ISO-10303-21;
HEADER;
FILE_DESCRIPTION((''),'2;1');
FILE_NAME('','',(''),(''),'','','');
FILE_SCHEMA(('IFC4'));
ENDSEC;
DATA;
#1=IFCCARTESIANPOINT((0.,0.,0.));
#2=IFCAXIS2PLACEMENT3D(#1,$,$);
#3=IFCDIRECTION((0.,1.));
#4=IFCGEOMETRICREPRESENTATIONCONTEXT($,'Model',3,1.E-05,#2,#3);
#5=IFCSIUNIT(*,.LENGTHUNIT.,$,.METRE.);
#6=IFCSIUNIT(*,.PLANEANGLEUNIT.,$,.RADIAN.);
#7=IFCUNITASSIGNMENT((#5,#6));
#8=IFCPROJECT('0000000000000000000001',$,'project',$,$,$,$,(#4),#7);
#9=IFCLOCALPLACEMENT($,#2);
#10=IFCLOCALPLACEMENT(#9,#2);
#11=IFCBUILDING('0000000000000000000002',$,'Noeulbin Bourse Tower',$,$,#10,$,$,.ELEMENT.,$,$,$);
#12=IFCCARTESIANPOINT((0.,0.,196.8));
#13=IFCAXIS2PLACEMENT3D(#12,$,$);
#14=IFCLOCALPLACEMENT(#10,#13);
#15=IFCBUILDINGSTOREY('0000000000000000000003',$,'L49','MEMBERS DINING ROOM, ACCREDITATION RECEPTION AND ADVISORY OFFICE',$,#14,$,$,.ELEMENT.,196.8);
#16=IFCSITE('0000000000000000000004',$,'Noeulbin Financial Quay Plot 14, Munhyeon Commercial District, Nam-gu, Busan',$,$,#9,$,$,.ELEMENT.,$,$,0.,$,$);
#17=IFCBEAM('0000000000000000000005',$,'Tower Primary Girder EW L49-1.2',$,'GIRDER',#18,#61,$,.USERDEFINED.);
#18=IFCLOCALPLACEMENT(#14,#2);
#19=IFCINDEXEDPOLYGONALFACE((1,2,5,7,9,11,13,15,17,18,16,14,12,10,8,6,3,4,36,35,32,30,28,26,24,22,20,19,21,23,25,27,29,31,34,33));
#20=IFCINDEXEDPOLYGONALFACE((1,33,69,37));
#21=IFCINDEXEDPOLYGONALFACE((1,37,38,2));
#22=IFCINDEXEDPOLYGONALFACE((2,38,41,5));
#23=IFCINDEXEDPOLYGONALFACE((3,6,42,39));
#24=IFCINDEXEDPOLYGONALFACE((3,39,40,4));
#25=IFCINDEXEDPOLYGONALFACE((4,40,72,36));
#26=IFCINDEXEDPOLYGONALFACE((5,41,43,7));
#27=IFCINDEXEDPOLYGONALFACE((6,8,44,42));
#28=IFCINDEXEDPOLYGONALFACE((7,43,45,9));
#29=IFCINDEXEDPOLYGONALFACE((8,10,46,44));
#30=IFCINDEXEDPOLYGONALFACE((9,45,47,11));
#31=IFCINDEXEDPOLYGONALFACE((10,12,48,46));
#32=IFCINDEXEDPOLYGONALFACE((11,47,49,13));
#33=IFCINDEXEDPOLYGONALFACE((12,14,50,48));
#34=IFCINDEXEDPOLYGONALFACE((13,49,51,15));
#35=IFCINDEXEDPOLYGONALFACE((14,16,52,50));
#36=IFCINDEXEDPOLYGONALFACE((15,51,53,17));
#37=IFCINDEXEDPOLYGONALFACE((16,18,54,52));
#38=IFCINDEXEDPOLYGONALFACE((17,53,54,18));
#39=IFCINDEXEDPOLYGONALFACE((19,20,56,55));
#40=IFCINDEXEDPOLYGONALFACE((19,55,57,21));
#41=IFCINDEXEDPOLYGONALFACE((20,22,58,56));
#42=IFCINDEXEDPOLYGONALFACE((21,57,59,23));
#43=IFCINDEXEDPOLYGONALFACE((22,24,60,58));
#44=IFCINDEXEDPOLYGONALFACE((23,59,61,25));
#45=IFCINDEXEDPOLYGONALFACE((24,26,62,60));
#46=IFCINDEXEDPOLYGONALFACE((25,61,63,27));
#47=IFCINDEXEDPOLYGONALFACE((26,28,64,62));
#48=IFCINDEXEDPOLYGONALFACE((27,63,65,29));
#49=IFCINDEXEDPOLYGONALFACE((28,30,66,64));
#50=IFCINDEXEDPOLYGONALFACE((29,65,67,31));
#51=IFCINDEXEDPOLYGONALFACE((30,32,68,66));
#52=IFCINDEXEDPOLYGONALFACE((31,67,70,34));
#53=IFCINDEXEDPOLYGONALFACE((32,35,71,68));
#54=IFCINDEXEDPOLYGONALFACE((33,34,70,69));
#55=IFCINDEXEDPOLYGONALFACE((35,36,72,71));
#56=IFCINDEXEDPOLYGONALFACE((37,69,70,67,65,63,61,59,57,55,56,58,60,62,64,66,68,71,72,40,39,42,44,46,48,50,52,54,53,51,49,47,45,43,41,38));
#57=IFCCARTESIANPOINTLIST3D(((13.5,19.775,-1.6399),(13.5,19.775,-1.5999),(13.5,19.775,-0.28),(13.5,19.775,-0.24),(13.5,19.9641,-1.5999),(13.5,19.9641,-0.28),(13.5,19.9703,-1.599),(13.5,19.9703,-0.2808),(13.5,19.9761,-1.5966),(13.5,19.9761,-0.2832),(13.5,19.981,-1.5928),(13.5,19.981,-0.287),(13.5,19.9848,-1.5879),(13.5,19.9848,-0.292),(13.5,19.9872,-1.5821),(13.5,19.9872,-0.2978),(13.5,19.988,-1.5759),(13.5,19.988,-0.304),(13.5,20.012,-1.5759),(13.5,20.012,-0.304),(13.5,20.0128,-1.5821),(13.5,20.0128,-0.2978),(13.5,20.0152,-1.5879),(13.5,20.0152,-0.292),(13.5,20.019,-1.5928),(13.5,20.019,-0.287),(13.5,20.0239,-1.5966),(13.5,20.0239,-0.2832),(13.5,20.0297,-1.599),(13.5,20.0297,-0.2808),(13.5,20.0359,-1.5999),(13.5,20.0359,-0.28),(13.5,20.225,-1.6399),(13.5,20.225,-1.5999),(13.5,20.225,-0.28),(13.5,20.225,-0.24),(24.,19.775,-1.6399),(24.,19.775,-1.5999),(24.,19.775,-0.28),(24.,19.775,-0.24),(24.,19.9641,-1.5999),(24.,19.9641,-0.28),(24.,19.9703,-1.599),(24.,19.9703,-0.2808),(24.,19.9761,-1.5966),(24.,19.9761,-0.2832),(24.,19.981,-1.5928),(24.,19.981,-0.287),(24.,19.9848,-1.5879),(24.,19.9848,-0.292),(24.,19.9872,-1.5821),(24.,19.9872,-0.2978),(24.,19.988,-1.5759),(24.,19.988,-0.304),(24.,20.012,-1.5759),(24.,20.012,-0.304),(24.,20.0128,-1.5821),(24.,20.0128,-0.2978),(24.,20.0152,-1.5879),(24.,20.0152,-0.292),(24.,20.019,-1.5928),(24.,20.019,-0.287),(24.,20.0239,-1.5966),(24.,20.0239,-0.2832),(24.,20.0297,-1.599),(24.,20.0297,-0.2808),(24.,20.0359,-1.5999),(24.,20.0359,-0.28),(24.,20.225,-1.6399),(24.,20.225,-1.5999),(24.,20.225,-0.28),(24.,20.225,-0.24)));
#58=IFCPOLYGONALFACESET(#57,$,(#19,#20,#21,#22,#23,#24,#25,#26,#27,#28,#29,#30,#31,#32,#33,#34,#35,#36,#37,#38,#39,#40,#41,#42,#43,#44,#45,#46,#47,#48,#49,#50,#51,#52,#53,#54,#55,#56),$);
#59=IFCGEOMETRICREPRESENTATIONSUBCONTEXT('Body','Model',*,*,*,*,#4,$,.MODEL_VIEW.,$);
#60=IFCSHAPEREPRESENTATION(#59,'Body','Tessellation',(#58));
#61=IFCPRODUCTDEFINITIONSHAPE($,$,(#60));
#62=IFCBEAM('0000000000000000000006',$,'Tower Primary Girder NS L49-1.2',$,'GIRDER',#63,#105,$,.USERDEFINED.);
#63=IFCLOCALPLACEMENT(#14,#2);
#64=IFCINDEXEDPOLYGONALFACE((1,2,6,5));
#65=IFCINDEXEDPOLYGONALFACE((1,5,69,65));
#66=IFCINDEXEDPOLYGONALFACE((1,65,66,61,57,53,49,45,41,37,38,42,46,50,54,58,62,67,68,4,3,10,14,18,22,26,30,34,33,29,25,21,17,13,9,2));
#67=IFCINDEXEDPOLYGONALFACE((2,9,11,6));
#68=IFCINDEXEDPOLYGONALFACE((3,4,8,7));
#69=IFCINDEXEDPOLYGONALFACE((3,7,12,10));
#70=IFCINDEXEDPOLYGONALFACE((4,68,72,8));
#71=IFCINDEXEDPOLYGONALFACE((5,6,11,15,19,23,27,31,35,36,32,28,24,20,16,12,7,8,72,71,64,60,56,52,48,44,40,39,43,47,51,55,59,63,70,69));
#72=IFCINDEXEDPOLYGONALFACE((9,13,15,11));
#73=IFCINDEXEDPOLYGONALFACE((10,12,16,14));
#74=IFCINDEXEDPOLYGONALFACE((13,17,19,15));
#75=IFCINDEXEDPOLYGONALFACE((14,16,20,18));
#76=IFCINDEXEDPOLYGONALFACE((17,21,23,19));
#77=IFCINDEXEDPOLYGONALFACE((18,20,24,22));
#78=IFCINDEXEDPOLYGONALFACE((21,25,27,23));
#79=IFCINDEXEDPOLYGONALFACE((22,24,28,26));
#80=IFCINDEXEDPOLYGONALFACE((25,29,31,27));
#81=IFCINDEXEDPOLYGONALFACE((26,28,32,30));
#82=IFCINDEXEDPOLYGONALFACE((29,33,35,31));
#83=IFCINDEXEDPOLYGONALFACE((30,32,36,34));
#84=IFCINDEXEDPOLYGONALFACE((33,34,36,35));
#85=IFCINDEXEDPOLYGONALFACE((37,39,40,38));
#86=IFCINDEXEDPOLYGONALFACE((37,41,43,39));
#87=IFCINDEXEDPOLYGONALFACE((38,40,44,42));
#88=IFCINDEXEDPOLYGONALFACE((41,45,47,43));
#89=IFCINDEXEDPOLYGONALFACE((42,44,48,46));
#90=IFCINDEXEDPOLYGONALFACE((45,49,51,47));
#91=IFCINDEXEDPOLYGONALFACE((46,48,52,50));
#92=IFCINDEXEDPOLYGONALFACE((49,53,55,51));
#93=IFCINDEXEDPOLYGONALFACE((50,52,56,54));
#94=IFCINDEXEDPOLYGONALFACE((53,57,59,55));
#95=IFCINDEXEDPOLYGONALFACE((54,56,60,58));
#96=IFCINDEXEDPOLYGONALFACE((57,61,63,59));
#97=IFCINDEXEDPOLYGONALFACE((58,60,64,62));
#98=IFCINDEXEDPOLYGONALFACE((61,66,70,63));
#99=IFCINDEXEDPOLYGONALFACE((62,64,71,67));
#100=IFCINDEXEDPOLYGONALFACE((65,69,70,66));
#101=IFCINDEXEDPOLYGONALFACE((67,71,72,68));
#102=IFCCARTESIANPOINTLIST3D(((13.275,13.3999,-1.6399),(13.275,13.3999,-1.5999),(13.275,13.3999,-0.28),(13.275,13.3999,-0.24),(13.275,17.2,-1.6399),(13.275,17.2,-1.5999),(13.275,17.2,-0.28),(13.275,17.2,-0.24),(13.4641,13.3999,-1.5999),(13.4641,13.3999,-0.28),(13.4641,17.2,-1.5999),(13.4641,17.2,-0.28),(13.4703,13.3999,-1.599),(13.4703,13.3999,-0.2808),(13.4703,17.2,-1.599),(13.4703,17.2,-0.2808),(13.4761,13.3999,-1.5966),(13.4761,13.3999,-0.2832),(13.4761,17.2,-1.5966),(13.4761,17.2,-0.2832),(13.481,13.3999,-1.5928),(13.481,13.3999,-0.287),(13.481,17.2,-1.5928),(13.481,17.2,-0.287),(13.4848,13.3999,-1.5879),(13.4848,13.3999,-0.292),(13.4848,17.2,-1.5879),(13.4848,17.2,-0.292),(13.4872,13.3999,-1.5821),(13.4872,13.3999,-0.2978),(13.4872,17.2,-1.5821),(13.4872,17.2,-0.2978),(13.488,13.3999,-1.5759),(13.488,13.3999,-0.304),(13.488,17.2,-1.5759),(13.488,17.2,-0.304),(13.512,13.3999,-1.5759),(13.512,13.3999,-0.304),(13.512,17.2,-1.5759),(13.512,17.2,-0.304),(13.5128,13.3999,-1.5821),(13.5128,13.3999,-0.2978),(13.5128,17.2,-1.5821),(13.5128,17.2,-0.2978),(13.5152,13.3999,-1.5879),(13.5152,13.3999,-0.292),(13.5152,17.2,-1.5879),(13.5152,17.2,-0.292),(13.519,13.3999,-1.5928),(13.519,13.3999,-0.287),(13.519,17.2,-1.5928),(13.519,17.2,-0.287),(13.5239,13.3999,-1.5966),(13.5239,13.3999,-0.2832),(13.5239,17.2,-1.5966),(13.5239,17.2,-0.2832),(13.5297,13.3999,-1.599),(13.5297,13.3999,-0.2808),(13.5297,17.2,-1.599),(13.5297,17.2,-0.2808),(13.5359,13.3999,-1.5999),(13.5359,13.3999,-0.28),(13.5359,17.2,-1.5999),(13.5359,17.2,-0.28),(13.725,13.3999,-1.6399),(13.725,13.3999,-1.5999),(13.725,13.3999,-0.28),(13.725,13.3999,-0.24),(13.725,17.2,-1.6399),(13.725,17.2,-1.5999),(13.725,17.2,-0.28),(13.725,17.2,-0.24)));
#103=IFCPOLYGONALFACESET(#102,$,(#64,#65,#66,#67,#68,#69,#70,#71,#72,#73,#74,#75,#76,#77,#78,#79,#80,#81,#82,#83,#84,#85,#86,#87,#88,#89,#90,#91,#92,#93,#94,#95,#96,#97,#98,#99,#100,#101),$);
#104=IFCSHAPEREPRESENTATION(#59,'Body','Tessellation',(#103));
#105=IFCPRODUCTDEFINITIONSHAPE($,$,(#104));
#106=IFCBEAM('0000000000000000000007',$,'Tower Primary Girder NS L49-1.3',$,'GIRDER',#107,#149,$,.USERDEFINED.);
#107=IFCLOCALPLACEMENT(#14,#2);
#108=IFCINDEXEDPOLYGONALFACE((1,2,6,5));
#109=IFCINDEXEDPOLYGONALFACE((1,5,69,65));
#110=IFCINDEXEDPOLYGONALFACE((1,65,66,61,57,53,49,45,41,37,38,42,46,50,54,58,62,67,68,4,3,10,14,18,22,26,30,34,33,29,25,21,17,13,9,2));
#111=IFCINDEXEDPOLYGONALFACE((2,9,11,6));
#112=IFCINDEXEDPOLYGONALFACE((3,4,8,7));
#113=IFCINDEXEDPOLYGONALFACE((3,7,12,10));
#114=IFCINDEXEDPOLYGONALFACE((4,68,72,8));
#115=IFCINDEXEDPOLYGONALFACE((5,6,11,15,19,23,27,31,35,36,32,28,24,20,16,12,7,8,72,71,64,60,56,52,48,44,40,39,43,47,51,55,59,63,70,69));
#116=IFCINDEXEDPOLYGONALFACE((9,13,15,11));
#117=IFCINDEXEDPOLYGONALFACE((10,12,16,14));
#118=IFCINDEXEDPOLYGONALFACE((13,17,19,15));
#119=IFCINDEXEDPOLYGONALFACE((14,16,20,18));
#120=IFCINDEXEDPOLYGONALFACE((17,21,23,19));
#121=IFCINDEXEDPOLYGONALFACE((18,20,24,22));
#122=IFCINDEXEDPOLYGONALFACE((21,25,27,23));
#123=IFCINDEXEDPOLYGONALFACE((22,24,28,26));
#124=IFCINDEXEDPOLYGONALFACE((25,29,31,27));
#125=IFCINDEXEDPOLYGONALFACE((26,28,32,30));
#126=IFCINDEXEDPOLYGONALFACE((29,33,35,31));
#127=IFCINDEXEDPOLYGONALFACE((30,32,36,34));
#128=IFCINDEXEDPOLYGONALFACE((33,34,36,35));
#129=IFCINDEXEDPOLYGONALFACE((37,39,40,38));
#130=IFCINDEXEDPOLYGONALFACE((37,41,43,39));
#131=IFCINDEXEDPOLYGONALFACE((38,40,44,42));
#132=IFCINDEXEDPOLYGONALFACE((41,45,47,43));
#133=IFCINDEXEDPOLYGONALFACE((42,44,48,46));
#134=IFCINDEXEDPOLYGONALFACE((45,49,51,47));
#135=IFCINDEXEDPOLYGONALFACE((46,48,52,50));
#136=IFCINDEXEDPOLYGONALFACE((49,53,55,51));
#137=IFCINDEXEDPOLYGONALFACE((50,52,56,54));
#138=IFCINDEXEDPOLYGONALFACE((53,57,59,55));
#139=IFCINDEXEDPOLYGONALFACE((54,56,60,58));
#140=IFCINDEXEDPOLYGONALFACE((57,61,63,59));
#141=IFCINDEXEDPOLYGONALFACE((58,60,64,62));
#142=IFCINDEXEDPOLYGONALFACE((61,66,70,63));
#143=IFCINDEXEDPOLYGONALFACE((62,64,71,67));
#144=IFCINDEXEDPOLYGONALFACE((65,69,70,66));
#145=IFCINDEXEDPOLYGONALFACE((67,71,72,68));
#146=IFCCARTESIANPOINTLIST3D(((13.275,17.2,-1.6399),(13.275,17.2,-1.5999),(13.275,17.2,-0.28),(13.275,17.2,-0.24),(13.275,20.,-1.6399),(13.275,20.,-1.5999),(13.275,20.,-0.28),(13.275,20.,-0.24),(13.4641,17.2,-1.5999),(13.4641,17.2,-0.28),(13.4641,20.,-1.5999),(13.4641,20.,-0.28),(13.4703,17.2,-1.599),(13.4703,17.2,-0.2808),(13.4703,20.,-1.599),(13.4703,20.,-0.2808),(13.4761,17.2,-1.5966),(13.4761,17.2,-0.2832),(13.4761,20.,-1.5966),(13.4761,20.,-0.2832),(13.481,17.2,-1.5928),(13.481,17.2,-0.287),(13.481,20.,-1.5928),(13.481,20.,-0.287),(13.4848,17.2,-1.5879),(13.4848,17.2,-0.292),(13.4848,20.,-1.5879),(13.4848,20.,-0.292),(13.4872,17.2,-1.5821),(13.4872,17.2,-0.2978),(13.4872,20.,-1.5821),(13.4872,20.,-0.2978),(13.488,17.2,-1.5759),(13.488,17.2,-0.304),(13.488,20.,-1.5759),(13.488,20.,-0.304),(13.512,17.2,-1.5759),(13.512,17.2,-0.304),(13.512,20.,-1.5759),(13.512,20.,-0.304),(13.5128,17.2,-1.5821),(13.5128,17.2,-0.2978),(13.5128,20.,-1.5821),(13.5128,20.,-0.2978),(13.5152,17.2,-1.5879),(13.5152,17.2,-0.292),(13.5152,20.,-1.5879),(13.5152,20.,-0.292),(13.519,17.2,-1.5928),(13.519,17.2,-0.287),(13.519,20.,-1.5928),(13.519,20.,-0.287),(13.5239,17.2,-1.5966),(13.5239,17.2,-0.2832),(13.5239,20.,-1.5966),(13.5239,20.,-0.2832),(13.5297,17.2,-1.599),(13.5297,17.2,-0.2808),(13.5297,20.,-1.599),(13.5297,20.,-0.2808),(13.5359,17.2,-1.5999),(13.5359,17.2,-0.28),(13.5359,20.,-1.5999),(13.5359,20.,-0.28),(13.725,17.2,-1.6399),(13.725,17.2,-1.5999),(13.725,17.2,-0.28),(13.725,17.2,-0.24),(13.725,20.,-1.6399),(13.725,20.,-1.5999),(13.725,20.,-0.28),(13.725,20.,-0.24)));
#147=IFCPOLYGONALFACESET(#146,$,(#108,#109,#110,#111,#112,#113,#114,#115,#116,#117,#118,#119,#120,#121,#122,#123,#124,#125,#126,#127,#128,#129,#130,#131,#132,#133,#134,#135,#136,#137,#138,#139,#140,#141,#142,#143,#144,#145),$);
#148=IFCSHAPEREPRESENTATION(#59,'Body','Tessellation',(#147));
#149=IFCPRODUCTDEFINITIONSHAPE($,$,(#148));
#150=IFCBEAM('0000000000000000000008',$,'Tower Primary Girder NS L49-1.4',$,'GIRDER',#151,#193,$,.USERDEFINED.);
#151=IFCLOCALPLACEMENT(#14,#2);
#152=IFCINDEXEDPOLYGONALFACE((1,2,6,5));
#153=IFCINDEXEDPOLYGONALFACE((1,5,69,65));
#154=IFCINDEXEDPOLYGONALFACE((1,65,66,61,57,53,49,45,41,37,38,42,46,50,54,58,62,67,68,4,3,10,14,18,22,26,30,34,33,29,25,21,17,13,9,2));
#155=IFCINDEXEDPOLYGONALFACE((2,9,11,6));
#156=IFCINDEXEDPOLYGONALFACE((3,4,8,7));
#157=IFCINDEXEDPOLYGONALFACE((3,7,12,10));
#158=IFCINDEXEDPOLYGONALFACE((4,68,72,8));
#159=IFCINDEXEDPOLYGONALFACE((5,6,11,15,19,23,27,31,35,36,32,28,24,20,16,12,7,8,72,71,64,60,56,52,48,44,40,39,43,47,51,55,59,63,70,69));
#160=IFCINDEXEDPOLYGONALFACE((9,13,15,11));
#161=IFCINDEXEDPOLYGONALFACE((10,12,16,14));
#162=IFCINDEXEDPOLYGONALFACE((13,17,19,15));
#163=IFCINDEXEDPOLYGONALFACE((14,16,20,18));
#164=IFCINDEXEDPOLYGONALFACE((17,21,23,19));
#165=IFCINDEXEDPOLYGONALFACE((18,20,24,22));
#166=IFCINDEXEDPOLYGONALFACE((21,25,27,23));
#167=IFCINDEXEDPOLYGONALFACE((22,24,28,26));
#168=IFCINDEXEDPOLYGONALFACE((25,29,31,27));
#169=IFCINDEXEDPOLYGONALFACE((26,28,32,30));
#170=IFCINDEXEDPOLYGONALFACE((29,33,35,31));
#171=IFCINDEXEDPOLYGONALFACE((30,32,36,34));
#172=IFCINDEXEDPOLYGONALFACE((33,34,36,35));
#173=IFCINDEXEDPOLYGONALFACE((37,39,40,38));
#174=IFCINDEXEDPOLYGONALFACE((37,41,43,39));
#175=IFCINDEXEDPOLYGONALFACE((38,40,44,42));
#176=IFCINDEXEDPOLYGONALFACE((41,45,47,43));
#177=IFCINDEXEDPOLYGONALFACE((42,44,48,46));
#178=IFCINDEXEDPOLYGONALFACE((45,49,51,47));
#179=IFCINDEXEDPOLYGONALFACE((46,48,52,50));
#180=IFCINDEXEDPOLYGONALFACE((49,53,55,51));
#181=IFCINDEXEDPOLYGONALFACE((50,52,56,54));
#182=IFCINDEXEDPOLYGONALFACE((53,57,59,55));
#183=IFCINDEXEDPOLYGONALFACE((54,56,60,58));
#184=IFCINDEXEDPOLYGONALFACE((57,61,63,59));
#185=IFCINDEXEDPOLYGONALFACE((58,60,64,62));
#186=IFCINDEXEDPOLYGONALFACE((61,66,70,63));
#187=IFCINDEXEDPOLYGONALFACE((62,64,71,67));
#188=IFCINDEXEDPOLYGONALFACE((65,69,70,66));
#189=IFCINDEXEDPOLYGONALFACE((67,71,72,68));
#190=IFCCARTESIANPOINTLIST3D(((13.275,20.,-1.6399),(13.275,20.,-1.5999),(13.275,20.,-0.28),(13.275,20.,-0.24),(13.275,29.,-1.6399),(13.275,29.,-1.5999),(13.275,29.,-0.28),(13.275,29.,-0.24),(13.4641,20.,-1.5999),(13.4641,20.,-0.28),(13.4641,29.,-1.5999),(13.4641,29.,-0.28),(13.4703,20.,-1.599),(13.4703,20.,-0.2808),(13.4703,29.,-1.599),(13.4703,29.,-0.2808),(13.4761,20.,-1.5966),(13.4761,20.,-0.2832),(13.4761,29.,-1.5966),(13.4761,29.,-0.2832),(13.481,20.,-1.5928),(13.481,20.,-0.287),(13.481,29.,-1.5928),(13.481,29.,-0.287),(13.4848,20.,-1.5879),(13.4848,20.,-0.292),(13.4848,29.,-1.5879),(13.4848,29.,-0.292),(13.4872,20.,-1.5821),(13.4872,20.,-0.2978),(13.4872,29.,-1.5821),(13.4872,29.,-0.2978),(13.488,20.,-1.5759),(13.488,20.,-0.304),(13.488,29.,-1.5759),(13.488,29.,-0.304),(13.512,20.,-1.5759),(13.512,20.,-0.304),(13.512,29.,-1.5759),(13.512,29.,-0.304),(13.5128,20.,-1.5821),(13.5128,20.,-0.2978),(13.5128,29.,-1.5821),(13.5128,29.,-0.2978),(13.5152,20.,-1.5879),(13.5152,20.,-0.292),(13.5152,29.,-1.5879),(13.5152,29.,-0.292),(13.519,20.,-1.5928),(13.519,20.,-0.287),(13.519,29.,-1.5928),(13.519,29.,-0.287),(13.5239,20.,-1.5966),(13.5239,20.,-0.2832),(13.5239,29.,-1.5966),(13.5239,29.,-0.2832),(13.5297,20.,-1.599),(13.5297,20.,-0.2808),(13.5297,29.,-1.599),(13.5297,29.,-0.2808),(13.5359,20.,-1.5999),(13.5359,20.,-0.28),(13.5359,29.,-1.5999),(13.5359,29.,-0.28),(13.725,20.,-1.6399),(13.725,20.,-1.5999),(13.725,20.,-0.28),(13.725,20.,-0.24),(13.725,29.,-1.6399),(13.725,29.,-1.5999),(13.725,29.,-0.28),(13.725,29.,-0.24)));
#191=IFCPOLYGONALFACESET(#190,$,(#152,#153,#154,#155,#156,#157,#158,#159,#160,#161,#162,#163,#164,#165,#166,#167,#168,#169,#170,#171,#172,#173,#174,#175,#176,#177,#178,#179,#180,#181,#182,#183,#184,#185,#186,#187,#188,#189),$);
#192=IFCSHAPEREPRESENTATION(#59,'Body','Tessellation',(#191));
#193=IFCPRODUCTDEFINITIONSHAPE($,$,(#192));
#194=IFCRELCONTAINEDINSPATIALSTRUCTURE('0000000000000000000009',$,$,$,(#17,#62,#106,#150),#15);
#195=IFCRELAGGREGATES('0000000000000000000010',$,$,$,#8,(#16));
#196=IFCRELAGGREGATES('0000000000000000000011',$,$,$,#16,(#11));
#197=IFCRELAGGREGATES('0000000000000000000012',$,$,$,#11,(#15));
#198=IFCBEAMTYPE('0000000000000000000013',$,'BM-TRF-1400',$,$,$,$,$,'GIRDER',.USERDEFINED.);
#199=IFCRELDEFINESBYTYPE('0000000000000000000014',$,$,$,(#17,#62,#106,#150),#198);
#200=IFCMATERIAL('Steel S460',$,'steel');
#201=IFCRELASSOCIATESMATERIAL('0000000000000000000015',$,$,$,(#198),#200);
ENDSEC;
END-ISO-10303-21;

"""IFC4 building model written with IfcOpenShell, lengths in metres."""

from ifc_helpers import new_model, si_unit, direction, frame, origin, origin_2d, place, context, subcontext, project, spatial, i_section, extrude, material, material_profile, profile_set, type_object, element, save


model = new_model("IFC4")

# Units and contexts
model_context = context("Model", 3, precision=1e-05, world=origin(), true_north=direction((0.0, 1.0)))
body_context = subcontext(model_context, "Body", "Model", "MODEL_VIEW")
ifc_project = project(units=[si_unit("LENGTHUNIT", "METRE"), si_unit("PLANEANGLEUNIT", "RADIAN")], contexts=[model_context])

# Site, building, storey
site_placement = place(None, origin())
site = spatial("IfcSite", under=ifc_project, at=site_placement, Name="Noeulbin Financial Quay Plot 14, Munhyeon Commercial District, Nam-gu, Busan", CompositionType="ELEMENT", RefElevation=0.0)
building_placement = place(site_placement, origin())
building = spatial("IfcBuilding", under=site, at=building_placement, Name="Noeulbin Bourse Tower", CompositionType="ELEMENT")
storey_placement = place(building_placement, frame((0.0, 0.0, 196.8)))
storey = spatial("IfcBuildingStorey", under=building, at=storey_placement, Name="L49", Description="MEMBERS DINING ROOM, ACCREDITATION RECEPTION AND ADVISORY OFFICE", CompositionType="ELEMENT", Elevation=196.8)

# Shared definitions
ifc_material_1 = material(Name="Steel S460", Category="steel")

# Beams
ifc_material_profile_1 = material_profile(ifc_material_1, i_section(OverallWidth=0.45, OverallDepth=1.3999, WebThickness=0.0239, FlangeThickness=0.04, FilletRadius=0.0239, at=origin_2d()), Name="PG-1400x450x24x40", Category="LoadBearing")
ifc_profile_set_1 = profile_set([ifc_material_profile_1], Name="Steel S460")
beam_type_1 = type_object("IfcBeamType", Name="BM-TRF-1400", ElementType="GIRDER", PredefinedType="USERDEFINED", material=ifc_profile_set_1)
beam_1_placement = place(storey_placement, frame((13.5, 20.0, -0.9399), z_axis=(1.0, 0.0, 0.0), x_axis=(0.0, 1.0, 0.0)))
element("IfcBeam", 1, at=beam_1_placement, inside=storey, type_object=beam_type_1, Name="Tower Primary Girder EW L49-1.2", ObjectType="GIRDER", PredefinedType="USERDEFINED", context=body_context, shape_type="SweptSolid", body=[
    extrude(i_section(OverallWidth=0.45, OverallDepth=1.3999, WebThickness=0.0239, FlangeThickness=0.04, FilletRadius=0.0239, at=origin_2d()), origin(), (0.0, 0.0, 1.0), 10.5),
])
beam_2_placement = place(storey_placement, frame((13.5, 13.3999, -0.9399), z_axis=(0.0, 1.0, 0.0), x_axis=(-1.0, 0.0, 0.0)))
element("IfcBeam", 2, at=beam_2_placement, inside=storey, type_object=beam_type_1, Name="Tower Primary Girder NS L49-1.2", ObjectType="GIRDER", PredefinedType="USERDEFINED", context=body_context, shape_type="SweptSolid", body=[
    extrude(i_section(OverallWidth=0.45, OverallDepth=1.3999, WebThickness=0.0239, FlangeThickness=0.04, FilletRadius=0.0239, at=origin_2d()), origin(), (0.0, 0.0, 1.0), 3.8),
])
beam_3_placement = place(storey_placement, frame((13.5, 17.2, -0.9399), z_axis=(0.0, 1.0, 0.0), x_axis=(-1.0, 0.0, 0.0)))
element("IfcBeam", 3, at=beam_3_placement, inside=storey, type_object=beam_type_1, Name="Tower Primary Girder NS L49-1.3", ObjectType="GIRDER", PredefinedType="USERDEFINED", context=body_context, shape_type="SweptSolid", body=[
    extrude(i_section(OverallWidth=0.45, OverallDepth=1.3999, WebThickness=0.0239, FlangeThickness=0.04, FilletRadius=0.0239, at=origin_2d()), origin(), (0.0, 0.0, 1.0), 2.8),
])
for number, where, z_axis, x_axis, name in (
    (4, (13.5, 20.0, -0.9399), (0.0, 1.0, 0.0), (-1.0, 0.0, 0.0), "Tower Primary Girder NS L49-1.4"),
):
    element("IfcBeam", number, at=place(storey_placement, frame(where, z_axis=z_axis, x_axis=x_axis)), inside=storey, type_object=beam_type_1, Name=name, ObjectType="GIRDER", PredefinedType="USERDEFINED", context=body_context, shape_type="SweptSolid", body=[
        extrude(i_section(OverallWidth=0.45, OverallDepth=1.3999, WebThickness=0.0239, FlangeThickness=0.04, FilletRadius=0.0239, at=origin_2d()), origin(), (0.0, 0.0, 1.0), 9.0),
    ])

save(model, "model.ifc")
